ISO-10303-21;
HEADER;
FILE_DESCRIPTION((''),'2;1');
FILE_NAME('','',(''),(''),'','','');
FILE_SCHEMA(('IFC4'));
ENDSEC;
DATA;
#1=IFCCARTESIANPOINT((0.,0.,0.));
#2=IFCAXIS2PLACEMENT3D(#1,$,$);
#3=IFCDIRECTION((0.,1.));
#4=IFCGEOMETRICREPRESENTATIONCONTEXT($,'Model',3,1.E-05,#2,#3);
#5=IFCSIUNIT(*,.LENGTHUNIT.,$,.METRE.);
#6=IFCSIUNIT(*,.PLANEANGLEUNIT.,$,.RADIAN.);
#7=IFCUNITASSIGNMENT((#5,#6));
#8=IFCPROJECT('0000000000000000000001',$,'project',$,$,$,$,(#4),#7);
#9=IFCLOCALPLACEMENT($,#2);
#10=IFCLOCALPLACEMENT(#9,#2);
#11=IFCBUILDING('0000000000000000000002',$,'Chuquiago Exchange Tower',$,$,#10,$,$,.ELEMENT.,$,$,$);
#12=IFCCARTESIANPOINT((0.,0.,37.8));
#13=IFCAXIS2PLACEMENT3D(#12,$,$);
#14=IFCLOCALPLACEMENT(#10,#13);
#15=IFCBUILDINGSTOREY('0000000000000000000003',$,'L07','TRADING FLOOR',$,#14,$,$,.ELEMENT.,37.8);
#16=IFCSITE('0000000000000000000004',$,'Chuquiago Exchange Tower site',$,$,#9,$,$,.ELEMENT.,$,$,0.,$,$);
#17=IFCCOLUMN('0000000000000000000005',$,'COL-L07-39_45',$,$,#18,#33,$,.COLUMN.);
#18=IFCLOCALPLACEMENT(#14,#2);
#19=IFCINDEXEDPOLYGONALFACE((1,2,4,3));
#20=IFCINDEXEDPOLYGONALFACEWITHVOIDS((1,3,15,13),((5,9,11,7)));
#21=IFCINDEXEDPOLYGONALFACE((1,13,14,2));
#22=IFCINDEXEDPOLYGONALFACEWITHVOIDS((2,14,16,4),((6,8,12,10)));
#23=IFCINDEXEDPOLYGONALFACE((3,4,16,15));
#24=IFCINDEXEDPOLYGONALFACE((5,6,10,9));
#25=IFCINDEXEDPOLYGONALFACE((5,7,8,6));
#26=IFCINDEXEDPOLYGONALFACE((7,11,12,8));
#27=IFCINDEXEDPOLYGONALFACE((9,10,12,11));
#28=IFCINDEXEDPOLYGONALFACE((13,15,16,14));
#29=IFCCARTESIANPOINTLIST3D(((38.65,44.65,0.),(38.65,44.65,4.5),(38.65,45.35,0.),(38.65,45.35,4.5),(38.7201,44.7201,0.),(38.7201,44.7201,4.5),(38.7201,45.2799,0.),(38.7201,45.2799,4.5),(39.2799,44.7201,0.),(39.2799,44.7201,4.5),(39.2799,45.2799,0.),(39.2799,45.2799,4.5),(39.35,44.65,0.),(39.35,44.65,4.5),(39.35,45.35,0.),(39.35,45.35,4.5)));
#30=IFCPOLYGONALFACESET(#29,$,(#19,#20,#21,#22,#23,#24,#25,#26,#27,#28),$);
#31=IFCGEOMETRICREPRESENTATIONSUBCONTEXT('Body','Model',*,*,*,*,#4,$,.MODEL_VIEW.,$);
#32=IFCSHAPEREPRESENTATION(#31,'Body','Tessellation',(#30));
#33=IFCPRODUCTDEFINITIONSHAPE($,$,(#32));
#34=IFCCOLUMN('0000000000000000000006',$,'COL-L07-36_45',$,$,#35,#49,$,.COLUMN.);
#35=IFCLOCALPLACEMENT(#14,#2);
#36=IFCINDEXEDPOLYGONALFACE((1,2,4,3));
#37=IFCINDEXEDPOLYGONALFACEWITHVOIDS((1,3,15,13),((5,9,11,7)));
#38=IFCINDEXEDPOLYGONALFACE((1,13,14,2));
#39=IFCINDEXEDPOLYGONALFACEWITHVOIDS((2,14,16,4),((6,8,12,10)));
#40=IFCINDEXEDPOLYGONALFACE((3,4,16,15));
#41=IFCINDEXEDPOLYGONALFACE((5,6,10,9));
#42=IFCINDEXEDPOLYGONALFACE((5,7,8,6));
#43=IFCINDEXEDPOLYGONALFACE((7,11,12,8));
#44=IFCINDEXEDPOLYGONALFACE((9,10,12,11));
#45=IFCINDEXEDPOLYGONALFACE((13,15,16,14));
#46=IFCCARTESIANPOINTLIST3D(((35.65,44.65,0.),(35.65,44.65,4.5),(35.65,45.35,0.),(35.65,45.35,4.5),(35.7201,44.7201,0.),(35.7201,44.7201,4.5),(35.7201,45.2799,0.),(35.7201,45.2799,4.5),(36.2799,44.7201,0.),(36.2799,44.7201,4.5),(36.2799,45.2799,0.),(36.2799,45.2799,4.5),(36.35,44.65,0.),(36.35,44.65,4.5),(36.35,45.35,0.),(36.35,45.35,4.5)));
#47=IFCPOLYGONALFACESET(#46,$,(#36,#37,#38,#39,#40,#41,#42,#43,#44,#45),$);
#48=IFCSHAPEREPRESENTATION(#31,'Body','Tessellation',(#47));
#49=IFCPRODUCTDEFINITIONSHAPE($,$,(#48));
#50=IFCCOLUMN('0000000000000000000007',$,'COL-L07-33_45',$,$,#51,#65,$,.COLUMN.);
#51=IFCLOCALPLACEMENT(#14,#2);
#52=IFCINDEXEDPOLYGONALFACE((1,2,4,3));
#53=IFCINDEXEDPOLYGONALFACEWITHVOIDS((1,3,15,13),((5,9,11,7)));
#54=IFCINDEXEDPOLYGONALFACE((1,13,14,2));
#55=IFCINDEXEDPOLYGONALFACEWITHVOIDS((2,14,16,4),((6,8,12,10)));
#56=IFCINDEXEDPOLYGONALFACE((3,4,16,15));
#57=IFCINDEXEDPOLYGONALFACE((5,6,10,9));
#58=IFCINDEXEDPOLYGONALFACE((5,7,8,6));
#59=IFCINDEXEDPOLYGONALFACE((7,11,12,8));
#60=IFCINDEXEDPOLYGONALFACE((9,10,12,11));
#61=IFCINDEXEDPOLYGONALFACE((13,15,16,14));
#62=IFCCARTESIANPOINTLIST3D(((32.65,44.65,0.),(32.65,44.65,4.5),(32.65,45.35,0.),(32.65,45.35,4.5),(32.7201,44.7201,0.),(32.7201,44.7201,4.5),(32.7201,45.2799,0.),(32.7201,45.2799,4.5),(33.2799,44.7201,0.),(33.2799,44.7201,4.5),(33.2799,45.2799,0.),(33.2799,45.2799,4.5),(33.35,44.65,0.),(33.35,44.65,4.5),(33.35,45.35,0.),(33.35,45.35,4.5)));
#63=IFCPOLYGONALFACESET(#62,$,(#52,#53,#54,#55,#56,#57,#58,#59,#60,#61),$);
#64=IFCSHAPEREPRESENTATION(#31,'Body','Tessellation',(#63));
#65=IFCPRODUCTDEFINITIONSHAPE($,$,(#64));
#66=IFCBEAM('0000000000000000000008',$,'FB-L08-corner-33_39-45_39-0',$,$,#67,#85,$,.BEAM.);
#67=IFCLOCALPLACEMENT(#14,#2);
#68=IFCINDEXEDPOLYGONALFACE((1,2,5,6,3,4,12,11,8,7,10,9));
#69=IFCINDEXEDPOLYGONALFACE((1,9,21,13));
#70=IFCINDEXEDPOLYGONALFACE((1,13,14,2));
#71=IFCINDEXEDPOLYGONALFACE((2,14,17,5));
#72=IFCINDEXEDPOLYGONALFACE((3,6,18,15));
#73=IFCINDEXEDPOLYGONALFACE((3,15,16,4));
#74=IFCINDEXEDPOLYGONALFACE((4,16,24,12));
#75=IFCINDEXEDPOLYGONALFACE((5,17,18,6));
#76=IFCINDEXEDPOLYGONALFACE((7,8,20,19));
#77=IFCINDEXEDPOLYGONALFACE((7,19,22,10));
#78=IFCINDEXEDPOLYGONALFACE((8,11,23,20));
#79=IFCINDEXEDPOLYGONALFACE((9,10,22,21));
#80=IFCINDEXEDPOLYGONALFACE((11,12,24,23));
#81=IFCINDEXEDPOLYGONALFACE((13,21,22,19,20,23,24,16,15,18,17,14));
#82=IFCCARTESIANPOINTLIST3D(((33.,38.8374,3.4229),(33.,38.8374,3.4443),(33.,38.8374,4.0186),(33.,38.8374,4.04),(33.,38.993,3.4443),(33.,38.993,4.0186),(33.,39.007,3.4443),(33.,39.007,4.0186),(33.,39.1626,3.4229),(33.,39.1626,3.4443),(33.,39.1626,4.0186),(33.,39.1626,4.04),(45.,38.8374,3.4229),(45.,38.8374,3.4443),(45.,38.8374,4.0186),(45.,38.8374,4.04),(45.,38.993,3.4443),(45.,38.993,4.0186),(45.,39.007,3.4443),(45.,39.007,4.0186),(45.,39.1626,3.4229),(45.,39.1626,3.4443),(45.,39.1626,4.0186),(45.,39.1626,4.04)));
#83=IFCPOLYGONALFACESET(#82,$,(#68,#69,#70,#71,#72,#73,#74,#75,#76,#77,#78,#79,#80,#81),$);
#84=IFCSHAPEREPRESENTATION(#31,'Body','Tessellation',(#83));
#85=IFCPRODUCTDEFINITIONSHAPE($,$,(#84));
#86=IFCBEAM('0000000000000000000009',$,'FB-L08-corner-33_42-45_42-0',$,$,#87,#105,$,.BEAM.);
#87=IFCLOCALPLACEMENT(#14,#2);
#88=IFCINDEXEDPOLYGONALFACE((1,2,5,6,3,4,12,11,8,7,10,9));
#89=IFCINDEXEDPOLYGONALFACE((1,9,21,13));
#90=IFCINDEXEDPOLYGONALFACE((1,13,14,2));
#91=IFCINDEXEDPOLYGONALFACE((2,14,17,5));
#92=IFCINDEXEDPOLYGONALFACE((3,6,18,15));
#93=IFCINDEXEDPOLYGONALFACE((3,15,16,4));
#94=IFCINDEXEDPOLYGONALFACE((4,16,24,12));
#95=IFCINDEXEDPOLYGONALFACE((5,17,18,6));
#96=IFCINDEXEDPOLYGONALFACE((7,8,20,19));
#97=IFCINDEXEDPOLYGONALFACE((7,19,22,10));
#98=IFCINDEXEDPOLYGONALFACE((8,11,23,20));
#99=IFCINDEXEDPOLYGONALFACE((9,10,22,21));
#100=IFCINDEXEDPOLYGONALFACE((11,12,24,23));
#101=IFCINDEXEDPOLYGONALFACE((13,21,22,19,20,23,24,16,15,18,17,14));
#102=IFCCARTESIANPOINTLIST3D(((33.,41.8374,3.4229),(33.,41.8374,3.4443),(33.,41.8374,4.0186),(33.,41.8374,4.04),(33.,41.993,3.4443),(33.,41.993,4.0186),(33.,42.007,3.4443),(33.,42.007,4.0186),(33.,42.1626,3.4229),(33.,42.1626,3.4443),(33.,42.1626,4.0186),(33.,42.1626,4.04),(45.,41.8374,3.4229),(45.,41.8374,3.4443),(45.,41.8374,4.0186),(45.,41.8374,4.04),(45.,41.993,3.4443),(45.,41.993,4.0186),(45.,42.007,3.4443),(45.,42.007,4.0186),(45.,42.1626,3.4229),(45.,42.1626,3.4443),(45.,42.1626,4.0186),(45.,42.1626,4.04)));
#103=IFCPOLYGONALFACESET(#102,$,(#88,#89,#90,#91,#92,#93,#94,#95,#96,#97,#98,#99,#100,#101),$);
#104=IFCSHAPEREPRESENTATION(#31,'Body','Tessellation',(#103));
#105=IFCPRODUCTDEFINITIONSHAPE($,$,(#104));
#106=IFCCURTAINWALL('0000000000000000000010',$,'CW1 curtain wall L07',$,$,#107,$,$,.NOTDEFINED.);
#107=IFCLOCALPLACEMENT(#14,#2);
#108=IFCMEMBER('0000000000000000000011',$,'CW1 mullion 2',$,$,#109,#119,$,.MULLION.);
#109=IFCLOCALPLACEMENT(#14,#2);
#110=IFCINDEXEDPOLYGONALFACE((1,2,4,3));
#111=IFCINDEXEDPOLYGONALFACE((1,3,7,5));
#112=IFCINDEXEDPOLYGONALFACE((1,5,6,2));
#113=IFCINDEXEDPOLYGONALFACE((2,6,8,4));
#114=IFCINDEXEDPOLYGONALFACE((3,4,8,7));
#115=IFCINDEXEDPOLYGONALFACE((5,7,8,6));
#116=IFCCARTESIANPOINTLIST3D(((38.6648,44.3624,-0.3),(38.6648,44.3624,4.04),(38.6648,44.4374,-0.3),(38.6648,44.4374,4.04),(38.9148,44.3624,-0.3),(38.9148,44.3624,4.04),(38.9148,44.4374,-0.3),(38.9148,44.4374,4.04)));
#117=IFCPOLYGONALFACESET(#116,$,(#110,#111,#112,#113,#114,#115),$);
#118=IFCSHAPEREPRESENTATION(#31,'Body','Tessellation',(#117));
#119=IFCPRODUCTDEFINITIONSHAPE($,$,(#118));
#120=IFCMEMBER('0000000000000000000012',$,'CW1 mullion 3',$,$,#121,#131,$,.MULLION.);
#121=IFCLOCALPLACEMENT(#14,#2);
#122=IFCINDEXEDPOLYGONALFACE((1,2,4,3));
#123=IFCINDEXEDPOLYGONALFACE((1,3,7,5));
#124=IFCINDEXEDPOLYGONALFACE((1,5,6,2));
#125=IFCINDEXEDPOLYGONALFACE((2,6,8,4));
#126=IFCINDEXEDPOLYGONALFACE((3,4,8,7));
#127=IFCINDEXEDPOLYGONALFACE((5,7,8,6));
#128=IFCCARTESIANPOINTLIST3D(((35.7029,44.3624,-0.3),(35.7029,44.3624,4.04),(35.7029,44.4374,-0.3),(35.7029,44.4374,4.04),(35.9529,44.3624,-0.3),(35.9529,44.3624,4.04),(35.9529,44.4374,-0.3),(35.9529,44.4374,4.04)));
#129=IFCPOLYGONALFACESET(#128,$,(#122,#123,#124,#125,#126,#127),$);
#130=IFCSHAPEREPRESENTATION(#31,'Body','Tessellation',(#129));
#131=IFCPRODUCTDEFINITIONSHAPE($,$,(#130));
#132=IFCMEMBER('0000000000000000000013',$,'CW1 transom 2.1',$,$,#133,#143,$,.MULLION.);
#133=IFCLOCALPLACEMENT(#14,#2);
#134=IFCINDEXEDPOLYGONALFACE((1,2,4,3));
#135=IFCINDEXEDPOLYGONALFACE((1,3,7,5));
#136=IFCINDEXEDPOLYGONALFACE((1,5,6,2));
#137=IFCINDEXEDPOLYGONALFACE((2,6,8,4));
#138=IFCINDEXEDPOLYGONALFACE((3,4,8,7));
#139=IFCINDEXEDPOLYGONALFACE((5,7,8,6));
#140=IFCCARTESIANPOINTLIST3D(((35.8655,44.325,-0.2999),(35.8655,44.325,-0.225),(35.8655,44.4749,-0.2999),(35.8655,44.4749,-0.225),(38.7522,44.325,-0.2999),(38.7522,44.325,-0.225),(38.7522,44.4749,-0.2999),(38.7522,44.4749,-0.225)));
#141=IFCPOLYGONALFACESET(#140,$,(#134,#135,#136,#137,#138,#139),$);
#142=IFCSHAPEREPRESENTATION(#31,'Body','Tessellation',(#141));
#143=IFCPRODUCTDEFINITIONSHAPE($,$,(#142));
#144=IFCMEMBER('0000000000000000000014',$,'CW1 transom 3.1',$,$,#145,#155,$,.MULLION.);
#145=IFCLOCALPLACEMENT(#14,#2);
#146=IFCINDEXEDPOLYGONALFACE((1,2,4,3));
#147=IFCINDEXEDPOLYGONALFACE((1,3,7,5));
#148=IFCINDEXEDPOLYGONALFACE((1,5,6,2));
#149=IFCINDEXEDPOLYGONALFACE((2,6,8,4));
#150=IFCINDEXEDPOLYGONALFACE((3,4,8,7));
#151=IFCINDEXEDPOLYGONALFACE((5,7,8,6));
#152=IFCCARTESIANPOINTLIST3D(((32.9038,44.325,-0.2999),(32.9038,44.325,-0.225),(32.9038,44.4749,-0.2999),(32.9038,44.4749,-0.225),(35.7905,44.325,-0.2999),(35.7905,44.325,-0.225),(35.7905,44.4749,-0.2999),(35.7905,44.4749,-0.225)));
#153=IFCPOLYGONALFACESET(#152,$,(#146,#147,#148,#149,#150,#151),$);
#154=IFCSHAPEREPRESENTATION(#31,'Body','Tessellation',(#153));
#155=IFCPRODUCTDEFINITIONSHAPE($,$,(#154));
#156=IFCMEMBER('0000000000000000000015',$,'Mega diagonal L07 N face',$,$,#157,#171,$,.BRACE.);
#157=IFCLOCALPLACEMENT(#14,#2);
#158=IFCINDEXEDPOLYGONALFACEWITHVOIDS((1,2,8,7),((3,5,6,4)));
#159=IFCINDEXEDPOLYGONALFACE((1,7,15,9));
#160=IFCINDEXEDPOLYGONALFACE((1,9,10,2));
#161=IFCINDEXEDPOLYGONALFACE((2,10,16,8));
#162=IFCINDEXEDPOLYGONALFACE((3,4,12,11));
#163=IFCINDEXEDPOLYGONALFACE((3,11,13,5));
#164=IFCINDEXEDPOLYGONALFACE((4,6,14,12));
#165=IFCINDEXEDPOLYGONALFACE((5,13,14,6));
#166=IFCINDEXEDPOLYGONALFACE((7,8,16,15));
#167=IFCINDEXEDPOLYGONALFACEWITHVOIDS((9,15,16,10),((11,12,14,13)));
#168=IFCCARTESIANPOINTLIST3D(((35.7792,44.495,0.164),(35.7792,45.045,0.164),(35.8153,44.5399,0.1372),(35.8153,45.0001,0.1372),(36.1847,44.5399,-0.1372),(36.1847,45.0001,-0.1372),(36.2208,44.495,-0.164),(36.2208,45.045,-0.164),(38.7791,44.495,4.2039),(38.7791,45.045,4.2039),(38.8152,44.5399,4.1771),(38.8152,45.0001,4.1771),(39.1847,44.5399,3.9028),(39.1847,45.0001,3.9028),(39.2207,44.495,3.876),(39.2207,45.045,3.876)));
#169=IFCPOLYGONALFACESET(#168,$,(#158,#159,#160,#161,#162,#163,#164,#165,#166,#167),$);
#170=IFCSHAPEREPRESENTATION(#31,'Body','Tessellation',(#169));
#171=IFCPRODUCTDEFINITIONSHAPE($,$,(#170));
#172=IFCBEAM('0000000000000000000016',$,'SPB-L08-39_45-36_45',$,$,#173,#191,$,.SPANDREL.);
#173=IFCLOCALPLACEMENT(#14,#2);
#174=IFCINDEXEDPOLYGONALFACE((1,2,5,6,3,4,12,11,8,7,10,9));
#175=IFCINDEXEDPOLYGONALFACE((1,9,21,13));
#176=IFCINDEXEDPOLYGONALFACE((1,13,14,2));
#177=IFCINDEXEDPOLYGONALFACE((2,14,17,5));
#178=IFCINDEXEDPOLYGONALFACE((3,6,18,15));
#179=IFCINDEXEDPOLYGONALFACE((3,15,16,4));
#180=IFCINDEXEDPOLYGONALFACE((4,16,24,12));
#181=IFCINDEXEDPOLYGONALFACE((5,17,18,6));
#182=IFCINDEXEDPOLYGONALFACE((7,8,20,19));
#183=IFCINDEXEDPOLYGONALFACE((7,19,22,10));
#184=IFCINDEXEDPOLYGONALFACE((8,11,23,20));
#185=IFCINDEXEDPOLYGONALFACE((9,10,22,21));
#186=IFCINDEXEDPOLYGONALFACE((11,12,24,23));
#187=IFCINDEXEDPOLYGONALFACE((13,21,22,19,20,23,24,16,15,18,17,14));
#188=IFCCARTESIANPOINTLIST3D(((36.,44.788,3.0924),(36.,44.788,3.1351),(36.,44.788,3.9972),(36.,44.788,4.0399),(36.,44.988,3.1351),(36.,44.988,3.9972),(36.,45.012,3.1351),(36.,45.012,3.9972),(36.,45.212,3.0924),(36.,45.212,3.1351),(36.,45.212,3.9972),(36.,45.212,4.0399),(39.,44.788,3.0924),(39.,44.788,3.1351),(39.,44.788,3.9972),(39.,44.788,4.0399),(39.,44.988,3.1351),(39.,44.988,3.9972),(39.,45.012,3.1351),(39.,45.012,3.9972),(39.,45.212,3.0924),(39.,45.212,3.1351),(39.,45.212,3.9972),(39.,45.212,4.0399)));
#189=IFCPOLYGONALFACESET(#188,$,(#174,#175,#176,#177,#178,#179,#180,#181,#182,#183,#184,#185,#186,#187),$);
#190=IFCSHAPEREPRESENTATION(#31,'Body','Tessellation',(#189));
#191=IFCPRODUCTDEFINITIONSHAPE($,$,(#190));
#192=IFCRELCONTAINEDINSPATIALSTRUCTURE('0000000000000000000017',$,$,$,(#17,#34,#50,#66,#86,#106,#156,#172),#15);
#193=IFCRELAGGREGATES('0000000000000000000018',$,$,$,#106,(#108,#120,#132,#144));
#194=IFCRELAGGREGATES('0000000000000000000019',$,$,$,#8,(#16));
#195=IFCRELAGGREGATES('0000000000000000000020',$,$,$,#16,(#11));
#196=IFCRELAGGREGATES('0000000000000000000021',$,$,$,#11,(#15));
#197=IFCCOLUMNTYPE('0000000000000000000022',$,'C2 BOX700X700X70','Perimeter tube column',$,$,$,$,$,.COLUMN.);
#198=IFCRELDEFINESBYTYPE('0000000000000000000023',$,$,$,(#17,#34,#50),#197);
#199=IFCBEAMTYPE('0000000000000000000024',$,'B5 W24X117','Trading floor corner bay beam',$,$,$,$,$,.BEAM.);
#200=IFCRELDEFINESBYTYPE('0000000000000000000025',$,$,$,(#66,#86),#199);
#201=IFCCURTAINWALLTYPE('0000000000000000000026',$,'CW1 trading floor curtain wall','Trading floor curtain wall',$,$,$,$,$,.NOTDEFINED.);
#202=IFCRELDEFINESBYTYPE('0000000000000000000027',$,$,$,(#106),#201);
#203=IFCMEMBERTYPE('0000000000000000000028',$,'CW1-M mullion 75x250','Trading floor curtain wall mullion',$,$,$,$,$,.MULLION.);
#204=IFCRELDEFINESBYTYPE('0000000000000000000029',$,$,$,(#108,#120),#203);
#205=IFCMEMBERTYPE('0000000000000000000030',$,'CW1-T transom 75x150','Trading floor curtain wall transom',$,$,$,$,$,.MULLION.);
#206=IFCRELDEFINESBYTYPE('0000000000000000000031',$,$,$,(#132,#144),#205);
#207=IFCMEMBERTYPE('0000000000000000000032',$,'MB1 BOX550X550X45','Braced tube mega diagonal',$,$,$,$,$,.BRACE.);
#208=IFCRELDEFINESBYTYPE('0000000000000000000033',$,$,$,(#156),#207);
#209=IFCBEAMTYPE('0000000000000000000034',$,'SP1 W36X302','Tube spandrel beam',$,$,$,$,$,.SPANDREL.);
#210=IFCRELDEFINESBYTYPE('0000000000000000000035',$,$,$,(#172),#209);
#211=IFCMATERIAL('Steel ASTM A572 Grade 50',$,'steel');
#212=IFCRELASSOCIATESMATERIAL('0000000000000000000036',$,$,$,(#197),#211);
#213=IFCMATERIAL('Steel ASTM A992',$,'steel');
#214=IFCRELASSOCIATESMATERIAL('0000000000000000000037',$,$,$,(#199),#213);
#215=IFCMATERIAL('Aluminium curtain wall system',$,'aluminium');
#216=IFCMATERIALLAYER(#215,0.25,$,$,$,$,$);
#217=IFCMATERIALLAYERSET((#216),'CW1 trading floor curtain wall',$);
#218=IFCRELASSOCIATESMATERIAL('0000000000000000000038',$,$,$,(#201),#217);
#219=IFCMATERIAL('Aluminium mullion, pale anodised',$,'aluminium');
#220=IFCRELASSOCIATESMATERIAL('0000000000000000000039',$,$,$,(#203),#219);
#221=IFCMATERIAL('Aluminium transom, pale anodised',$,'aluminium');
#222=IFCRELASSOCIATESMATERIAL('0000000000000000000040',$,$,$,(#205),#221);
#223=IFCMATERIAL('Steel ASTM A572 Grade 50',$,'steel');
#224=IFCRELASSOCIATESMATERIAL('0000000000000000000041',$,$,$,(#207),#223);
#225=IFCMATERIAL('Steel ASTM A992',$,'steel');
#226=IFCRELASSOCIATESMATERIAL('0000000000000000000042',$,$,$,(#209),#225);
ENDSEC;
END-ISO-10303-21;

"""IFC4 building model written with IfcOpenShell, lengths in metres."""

from ifc_helpers import new_model, si_unit, direction, frame, origin, origin_2d, place, context, subcontext, project, spatial, rectangle, hollow_rectangle, i_section, extrude, material, layer, layer_set, material_profile, profile_set, type_object, element, aggregate, save


model = new_model("IFC4")

# Units and contexts
model_context = context("Model", 3, precision=1e-05, world=origin(), true_north=direction((0.0, 1.0)))
body_context = subcontext(model_context, "Body", "Model", "MODEL_VIEW")
ifc_project = project(units=[si_unit("LENGTHUNIT", "METRE"), si_unit("PLANEANGLEUNIT", "RADIAN")], contexts=[model_context])

# Site, building, storey
site_placement = place(None, origin())
site = spatial("IfcSite", under=ifc_project, at=site_placement, Name="Chuquiago Exchange Tower site", CompositionType="ELEMENT", RefElevation=0.0)
building_placement = place(site_placement, origin())
building = spatial("IfcBuilding", under=site, at=building_placement, Name="Chuquiago Exchange Tower", CompositionType="ELEMENT")
storey_placement = place(building_placement, frame((0.0, 0.0, 37.8)))
storey = spatial("IfcBuildingStorey", under=building, at=storey_placement, Name="L07", Description="TRADING FLOOR", CompositionType="ELEMENT", Elevation=37.8)

# Columns
ifc_material_1 = material(Name="Steel ASTM A572 Grade 50", Category="steel")
ifc_material_profile_1 = material_profile(ifc_material_1, hollow_rectangle(XDim=0.7, YDim=0.7, WallThickness=0.0701, at=origin_2d()), Name="BOX700X700X70")
ifc_profile_set_1 = profile_set([ifc_material_profile_1], Name="Steel ASTM A572 Grade 50")
column_type = type_object("IfcColumnType", Name="C2 BOX700X700X70", Description="Perimeter tube column", PredefinedType="COLUMN", material=ifc_profile_set_1)
for number, where, z_axis, x_axis, name in (
    (1, (39.0, 45.0, 0.0), (0.0, 0.0, 1.0), (0.0, 1.0, 0.0), "COL-L07-39_45"),
    (2, (36.0, 45.0, 0.0), (0.0, 0.0, 1.0), (0.0, 1.0, 0.0), "COL-L07-36_45"),
    (3, (33.0, 45.0, 0.0), (0.0, 0.0, 1.0), (0.0, 1.0, 0.0), "COL-L07-33_45"),
):
    element("IfcColumn", number, at=place(storey_placement, frame(where, z_axis=z_axis, x_axis=x_axis)), inside=storey, type_object=column_type, Name=name, PredefinedType="COLUMN", context=body_context, shape_type="SweptSolid", body=[
        extrude(hollow_rectangle(XDim=0.7, YDim=0.7, WallThickness=0.0701, at=origin_2d()), origin(), (0.0, 0.0, 1.0), 4.5),
    ])

# Beams
ifc_material_2 = material(Name="Steel ASTM A992", Category="steel")
ifc_material_profile_2 = material_profile(ifc_material_2, i_section(OverallWidth=0.3252, OverallDepth=0.6172, WebThickness=0.0139, FlangeThickness=0.0215, at=origin_2d()), Name="W24X117")
ifc_profile_set_2 = profile_set([ifc_material_profile_2], Name="Steel ASTM A992")
beam_type_1 = type_object("IfcBeamType", Name="B5 W24X117", Description="Trading floor corner bay beam", PredefinedType="BEAM", material=ifc_profile_set_2)
for number, where, z_axis, x_axis, name in (
    (4, (33.0, 39.0, 3.7314), (1.0, 0.0, 0.0), (0.0, 1.0, 0.0), "FB-L08-corner-33_39-45_39-0"),
    (5, (33.0, 42.0, 3.7314), (1.0, 0.0, 0.0), (0.0, 1.0, 0.0), "FB-L08-corner-33_42-45_42-0"),
):
    element("IfcBeam", number, at=place(storey_placement, frame(where, z_axis=z_axis, x_axis=x_axis)), inside=storey, type_object=beam_type_1, Name=name, PredefinedType="BEAM", context=body_context, shape_type="SweptSolid", body=[
        extrude(i_section(OverallWidth=0.3252, OverallDepth=0.6172, WebThickness=0.0139, FlangeThickness=0.0215, at=origin_2d()), origin(), (0.0, 0.0, 1.0), 12.0),
    ])

# Curtain wall, members
ifc_material_3 = material(Name="Aluminium curtain wall system", Category="aluminium")
ifc_layer_1 = layer(ifc_material_3, 0.25)
ifc_layer_set_1 = layer_set([ifc_layer_1], Name="CW1 trading floor curtain wall")
curtain_wall_type = type_object("IfcCurtainWallType", Name="CW1 trading floor curtain wall", Description="Trading floor curtain wall", PredefinedType="NOTDEFINED", material=ifc_layer_set_1)
curtain_wall_placement = place(storey_placement, origin())
curtain_wall = element("IfcCurtainWall", 6, at=curtain_wall_placement, inside=storey, type_object=curtain_wall_type, Name="CW1 curtain wall L07", PredefinedType="NOTDEFINED")
ifc_material_4 = material(Name="Aluminium mullion, pale anodised", Category="aluminium")
ifc_material_profile_3 = material_profile(ifc_material_4, rectangle(XDim=0.075, YDim=0.25, at=origin_2d()), Name="AL 75x250")
ifc_profile_set_3 = profile_set([ifc_material_profile_3], Name="Aluminium mullion, pale anodised")
member_type_1 = type_object("IfcMemberType", Name="CW1-M mullion 75x250", Description="Trading floor curtain wall mullion", PredefinedType="MULLION", material=ifc_profile_set_3)
member_1_placement = place(storey_placement, frame((38.7898, 44.3999, -0.3), z_axis=(0.0, 0.0, 1.0), x_axis=(0.0, -1.0, 0.0)))
member_1 = element("IfcMember", 7, at=member_1_placement, type_object=member_type_1, Name="CW1 mullion 2", PredefinedType="MULLION", context=body_context, shape_type="SweptSolid", body=[
    extrude(rectangle(XDim=0.075, YDim=0.25, at=origin_2d()), origin(), (0.0, 0.0, 1.0), 4.3401),
])
member_2_placement = place(storey_placement, frame((35.8279, 44.3999, -0.3), z_axis=(0.0, 0.0, 1.0), x_axis=(0.0, -1.0, 0.0)))
member_2 = element("IfcMember", 8, at=member_2_placement, type_object=member_type_1, Name="CW1 mullion 3", PredefinedType="MULLION", context=body_context, shape_type="SweptSolid", body=[
    extrude(rectangle(XDim=0.075, YDim=0.25, at=origin_2d()), origin(), (0.0, 0.0, 1.0), 4.3401),
])
ifc_material_5 = material(Name="Aluminium transom, pale anodised", Category="aluminium")
ifc_material_profile_4 = material_profile(ifc_material_5, rectangle(XDim=0.1499, YDim=0.075, at=origin_2d()), Name="AL 150x75")
ifc_profile_set_4 = profile_set([ifc_material_profile_4], Name="Aluminium transom, pale anodised")
member_type_2 = type_object("IfcMemberType", Name="CW1-T transom 75x150", Description="Trading floor curtain wall transom", PredefinedType="MULLION", material=ifc_profile_set_4)
member_3_placement = place(storey_placement, frame((38.7522, 44.3999, -0.2625), z_axis=(-1.0, 0.0, 0.0), x_axis=(0.0, -1.0, 0.0)))
member_3 = element("IfcMember", 9, at=member_3_placement, type_object=member_type_2, Name="CW1 transom 2.1", PredefinedType="MULLION", context=body_context, shape_type="SweptSolid", body=[
    extrude(rectangle(XDim=0.1499, YDim=0.075, at=origin_2d()), origin(), (0.0, 0.0, 1.0), 2.8867),
])
member_4_placement = place(storey_placement, frame((35.7905, 44.3999, -0.2625), z_axis=(-1.0, 0.0, 0.0), x_axis=(0.0, -1.0, 0.0)))
member_4 = element("IfcMember", 10, at=member_4_placement, type_object=member_type_2, Name="CW1 transom 3.1", PredefinedType="MULLION", context=body_context, shape_type="SweptSolid", body=[
    extrude(rectangle(XDim=0.1499, YDim=0.075, at=origin_2d()), origin(), (0.0, 0.0, 1.0), 2.8867),
])

# Member
ifc_material_6 = material(Name="Steel ASTM A572 Grade 50", Category="steel")
ifc_material_profile_5 = material_profile(ifc_material_6, hollow_rectangle(XDim=0.55, YDim=0.55, WallThickness=0.0449, at=origin_2d()), Name="BOX550X550X45")
ifc_profile_set_5 = profile_set([ifc_material_profile_5], Name="Steel ASTM A572 Grade 50")
member_type_3 = type_object("IfcMemberType", Name="MB1 BOX550X550X45", Description="Braced tube mega diagonal", PredefinedType="BRACE", material=ifc_profile_set_5)
member_5_placement = place(storey_placement, frame((36.0, 44.77, 0.0), z_axis=(0.596174, 0.0, 0.802855), x_axis=(0.0, 1.0, 0.0)))
element("IfcMember", 11, at=member_5_placement, inside=storey, type_object=member_type_3, Name="Mega diagonal L07 N face", PredefinedType="BRACE", context=body_context, shape_type="SweptSolid", body=[
    extrude(hollow_rectangle(XDim=0.55, YDim=0.55, WallThickness=0.0449, at=origin_2d()), origin(), (0.0, 0.0, 1.0), 5.032),
])

# Beam
ifc_material_7 = material(Name="Steel ASTM A992", Category="steel")
ifc_material_profile_6 = material_profile(ifc_material_7, i_section(OverallWidth=0.4241, OverallDepth=0.9475, WebThickness=0.0239, FlangeThickness=0.0427, at=origin_2d()), Name="W36X302")
ifc_profile_set_6 = profile_set([ifc_material_profile_6], Name="Steel ASTM A992")
beam_type_2 = type_object("IfcBeamType", Name="SP1 W36X302", Description="Tube spandrel beam", PredefinedType="SPANDREL", material=ifc_profile_set_6)
for number, where, z_axis, x_axis, name in (
    (12, (39.0, 45.0, 3.5662), (-1.0, 0.0, 0.0), (0.0, -1.0, 0.0), "SPB-L08-39_45-36_45"),
):
    element("IfcBeam", number, at=place(storey_placement, frame(where, z_axis=z_axis, x_axis=x_axis)), inside=storey, type_object=beam_type_2, Name=name, PredefinedType="SPANDREL", context=body_context, shape_type="SweptSolid", body=[
        extrude(i_section(OverallWidth=0.4241, OverallDepth=0.9475, WebThickness=0.0239, FlangeThickness=0.0427, at=origin_2d()), origin(), (0.0, 0.0, 1.0), 3.0),
    ])

aggregate(curtain_wall, [member_1, member_2, member_3, member_4])

save(model, "model.ifc")
